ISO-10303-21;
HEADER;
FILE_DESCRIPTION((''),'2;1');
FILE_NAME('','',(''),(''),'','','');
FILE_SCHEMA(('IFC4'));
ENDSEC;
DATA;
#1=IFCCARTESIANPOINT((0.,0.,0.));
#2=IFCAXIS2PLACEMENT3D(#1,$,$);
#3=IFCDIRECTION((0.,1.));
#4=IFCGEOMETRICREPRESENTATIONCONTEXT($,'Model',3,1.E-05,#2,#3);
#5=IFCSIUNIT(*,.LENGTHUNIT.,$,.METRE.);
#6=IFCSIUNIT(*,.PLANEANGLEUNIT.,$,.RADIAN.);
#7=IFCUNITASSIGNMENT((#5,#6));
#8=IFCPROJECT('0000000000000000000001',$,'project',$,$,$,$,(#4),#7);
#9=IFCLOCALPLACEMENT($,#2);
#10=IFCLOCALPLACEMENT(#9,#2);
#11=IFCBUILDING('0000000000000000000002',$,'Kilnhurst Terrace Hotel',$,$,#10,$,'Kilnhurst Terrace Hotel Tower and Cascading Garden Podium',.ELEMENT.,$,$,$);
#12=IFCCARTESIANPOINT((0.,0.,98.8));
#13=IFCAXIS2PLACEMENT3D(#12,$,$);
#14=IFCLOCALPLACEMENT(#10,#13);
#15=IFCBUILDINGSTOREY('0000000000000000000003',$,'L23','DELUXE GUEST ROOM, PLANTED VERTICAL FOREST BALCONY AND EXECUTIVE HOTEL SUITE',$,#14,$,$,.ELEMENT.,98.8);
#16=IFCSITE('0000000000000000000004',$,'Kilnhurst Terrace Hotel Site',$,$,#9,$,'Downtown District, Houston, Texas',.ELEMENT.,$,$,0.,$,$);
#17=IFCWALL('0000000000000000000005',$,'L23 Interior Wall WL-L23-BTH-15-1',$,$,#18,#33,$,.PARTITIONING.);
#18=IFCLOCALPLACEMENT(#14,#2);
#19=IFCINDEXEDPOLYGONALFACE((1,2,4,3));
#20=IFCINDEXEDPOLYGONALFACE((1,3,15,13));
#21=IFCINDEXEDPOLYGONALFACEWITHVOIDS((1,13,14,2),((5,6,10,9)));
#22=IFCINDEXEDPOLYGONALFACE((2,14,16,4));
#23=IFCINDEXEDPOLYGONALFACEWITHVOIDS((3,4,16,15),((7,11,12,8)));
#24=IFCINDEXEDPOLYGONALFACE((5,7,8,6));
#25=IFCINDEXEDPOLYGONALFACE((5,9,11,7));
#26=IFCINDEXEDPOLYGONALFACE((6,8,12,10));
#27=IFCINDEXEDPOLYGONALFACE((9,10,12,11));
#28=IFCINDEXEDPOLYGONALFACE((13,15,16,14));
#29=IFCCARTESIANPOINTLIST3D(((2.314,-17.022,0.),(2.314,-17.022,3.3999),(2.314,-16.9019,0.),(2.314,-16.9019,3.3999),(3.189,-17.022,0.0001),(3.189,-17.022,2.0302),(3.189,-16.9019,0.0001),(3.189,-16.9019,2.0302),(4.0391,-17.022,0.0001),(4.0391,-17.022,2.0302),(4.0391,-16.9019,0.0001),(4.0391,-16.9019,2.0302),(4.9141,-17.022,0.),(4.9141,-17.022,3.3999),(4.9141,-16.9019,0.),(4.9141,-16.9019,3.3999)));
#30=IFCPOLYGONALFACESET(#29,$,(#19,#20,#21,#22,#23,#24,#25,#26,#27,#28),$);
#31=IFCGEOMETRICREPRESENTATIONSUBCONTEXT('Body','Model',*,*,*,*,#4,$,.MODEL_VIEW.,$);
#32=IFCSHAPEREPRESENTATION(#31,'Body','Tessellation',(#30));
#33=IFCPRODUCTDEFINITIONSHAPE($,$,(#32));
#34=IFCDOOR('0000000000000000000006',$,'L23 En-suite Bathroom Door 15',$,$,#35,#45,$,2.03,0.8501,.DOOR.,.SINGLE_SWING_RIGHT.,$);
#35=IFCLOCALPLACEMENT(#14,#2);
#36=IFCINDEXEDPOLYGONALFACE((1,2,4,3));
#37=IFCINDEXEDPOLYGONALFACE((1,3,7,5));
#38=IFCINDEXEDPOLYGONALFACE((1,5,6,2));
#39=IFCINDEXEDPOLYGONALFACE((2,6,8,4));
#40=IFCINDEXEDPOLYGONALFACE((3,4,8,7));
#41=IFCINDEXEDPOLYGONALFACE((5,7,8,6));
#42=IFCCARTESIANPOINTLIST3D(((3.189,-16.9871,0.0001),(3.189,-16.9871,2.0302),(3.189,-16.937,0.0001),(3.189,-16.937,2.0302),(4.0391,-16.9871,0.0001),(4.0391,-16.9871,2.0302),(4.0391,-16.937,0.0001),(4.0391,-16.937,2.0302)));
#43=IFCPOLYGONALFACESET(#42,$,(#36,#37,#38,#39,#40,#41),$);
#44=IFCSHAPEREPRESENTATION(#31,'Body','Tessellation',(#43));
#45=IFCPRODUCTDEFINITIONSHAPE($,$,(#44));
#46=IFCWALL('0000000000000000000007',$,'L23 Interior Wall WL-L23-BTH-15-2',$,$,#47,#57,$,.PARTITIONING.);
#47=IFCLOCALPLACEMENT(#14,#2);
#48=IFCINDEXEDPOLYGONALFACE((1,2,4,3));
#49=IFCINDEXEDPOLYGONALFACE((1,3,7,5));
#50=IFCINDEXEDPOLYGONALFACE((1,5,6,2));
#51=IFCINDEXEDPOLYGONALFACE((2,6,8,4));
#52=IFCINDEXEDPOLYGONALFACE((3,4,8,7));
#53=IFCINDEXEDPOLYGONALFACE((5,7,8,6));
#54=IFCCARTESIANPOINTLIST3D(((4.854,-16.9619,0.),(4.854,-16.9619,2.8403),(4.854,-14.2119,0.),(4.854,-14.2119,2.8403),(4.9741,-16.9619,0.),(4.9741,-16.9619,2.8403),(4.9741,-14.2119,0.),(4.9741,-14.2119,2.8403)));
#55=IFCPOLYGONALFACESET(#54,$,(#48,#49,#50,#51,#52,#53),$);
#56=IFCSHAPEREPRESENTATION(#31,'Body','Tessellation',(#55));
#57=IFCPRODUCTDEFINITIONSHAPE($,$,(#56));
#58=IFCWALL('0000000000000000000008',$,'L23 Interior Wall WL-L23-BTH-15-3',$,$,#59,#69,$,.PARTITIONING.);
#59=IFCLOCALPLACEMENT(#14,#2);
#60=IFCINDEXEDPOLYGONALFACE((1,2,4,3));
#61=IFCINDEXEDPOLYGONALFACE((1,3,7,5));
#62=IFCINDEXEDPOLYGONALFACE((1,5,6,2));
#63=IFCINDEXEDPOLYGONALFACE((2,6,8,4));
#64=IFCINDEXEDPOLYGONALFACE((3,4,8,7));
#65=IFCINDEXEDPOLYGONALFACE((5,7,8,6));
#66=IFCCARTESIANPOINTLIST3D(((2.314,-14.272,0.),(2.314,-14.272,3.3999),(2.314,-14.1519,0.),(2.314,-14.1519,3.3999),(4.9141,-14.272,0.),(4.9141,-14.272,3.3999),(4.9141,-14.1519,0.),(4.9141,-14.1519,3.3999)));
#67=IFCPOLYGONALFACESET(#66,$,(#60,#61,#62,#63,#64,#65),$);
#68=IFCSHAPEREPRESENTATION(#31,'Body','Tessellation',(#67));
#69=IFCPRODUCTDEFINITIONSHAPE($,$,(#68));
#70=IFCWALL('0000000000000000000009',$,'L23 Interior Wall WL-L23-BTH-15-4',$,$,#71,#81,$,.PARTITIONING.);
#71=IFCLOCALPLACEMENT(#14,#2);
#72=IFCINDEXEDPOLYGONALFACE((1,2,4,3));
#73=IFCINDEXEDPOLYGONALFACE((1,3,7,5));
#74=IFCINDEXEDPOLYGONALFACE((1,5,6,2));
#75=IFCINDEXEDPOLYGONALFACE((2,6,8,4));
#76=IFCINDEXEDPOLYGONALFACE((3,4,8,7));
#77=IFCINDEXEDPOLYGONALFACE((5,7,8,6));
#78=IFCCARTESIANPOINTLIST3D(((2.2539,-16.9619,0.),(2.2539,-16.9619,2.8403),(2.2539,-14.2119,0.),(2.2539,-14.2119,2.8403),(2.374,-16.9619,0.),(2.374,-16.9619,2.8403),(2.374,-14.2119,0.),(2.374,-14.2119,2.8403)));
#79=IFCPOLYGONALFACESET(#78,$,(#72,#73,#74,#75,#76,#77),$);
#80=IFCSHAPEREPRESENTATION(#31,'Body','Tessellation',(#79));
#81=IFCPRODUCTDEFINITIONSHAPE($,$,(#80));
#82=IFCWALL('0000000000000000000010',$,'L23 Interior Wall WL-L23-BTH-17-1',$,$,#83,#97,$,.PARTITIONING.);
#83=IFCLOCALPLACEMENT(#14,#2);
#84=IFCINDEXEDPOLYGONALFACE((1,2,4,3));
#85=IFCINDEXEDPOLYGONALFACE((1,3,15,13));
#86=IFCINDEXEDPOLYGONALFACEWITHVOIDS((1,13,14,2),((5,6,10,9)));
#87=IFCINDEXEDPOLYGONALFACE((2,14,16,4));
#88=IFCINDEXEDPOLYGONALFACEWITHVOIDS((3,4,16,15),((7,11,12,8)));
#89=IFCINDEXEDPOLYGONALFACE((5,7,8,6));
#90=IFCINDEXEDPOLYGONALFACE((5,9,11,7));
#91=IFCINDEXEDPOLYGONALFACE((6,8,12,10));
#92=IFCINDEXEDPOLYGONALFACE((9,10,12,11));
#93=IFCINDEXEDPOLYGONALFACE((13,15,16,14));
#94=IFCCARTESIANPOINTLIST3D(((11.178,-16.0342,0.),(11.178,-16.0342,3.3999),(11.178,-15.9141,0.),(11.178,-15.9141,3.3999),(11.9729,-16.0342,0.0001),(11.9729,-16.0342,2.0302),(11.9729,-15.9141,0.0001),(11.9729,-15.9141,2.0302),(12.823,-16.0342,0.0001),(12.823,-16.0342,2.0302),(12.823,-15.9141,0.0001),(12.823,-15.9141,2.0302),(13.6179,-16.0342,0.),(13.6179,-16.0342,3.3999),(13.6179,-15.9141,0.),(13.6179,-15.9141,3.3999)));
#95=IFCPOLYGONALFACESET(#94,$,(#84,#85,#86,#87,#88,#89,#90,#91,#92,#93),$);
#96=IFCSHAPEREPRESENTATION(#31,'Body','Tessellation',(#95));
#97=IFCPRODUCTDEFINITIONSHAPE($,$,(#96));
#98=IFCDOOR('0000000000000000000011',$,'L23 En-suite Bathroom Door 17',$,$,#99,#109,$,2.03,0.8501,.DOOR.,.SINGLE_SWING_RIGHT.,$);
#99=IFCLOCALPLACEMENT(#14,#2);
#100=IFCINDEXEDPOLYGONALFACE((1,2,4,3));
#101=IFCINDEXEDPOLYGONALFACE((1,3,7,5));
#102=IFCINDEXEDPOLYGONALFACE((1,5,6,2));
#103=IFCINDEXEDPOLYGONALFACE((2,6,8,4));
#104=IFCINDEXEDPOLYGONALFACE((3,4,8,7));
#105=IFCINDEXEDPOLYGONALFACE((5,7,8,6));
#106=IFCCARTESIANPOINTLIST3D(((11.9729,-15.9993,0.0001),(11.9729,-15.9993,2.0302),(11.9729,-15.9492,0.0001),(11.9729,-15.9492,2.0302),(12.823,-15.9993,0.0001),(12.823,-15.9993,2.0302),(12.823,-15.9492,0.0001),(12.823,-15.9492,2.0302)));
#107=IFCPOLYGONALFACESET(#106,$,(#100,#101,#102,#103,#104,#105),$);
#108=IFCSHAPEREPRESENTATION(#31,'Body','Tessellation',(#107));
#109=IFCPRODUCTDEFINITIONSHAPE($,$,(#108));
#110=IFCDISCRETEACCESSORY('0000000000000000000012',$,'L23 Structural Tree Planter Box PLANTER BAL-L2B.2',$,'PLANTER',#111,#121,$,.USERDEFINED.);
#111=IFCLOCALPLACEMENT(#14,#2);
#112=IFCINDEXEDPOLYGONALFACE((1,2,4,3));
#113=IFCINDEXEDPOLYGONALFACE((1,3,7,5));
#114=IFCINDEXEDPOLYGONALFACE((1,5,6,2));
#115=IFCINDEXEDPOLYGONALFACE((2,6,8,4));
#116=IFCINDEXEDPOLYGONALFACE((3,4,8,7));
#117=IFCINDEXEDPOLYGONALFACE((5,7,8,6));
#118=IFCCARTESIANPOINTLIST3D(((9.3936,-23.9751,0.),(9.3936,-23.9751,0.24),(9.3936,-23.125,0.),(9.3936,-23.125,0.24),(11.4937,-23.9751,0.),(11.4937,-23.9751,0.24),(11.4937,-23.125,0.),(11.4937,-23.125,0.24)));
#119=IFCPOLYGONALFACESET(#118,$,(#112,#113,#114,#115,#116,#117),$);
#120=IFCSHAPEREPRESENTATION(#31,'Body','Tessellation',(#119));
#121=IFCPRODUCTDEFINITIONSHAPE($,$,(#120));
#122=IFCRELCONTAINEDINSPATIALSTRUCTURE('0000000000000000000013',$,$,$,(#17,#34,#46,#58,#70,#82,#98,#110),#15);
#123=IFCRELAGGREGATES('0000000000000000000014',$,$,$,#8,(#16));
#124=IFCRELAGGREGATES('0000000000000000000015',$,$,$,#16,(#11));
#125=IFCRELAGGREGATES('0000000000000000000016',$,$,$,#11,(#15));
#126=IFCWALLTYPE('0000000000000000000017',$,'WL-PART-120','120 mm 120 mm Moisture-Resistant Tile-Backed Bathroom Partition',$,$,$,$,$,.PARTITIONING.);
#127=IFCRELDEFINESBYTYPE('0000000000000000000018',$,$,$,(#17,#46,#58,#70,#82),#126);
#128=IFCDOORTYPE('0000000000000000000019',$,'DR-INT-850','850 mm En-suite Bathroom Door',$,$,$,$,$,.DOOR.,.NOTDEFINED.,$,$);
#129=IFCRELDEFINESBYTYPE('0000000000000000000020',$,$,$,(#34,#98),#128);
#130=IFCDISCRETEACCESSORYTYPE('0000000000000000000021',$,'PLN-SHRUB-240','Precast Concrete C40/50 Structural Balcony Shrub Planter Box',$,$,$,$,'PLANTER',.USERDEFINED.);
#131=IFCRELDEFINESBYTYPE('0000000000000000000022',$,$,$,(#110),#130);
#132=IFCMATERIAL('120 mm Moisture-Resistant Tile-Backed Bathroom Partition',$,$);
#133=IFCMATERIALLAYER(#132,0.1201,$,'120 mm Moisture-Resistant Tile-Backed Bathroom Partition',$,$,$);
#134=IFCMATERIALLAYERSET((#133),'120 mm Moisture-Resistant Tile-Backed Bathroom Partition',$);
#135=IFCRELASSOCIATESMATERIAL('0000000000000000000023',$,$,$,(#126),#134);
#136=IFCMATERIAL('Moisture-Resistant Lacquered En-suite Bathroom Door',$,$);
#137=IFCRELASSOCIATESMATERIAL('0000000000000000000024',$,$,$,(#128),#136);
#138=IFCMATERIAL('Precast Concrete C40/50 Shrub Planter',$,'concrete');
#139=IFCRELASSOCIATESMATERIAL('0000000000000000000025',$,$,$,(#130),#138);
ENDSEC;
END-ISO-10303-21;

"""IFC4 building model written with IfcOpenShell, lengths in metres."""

from ifc_helpers import new_model, si_unit, direction, frame, frame_2d, origin, origin_2d, place, context, subcontext, project, spatial, rectangle, extrude, material, layer, layer_set, type_object, element, fill, save


model = new_model("IFC4")

# Units and contexts
model_context = context("Model", 3, precision=1e-05, world=origin(), true_north=direction((0.0, 1.0)))
body_context = subcontext(model_context, "Body", "Model", "MODEL_VIEW")
ifc_project = project(units=[si_unit("LENGTHUNIT", "METRE"), si_unit("PLANEANGLEUNIT", "RADIAN")], contexts=[model_context])

# Site, building, storey
site_placement = place(None, origin())
site = spatial("IfcSite", under=ifc_project, at=site_placement, Name="Kilnhurst Terrace Hotel Site", LongName="Downtown District, Houston, Texas", CompositionType="ELEMENT", RefElevation=0.0)
building_placement = place(site_placement, origin())
building = spatial("IfcBuilding", under=site, at=building_placement, Name="Kilnhurst Terrace Hotel", LongName="Kilnhurst Terrace Hotel Tower and Cascading Garden Podium", CompositionType="ELEMENT")
storey_placement = place(building_placement, frame((0.0, 0.0, 98.8)))
storey = spatial("IfcBuildingStorey", under=building, at=storey_placement, Name="L23", Description="DELUXE GUEST ROOM, PLANTED VERTICAL FOREST BALCONY AND EXECUTIVE HOTEL SUITE", CompositionType="ELEMENT", Elevation=98.8)

# Wall, opening, door
ifc_material_1 = material(Name="120 mm Moisture-Resistant Tile-Backed Bathroom Partition")
ifc_layer_1 = layer(ifc_material_1, 0.1201, Name="120 mm Moisture-Resistant Tile-Backed Bathroom Partition")
ifc_layer_set_1 = layer_set([ifc_layer_1], Name="120 mm Moisture-Resistant Tile-Backed Bathroom Partition")
wall_type_1 = type_object("IfcWallType", Name="WL-PART-120", Description="120 mm 120 mm Moisture-Resistant Tile-Backed Bathroom Partition", PredefinedType="PARTITIONING", material=ifc_layer_set_1)
wall_1_placement = place(storey_placement, frame((2.314, -16.9619, 0.0), z_axis=(0.0, 0.0, 1.0), x_axis=(1.0, 0.0, 0.0)))
wall_1 = element("IfcWall", 1, at=wall_1_placement, inside=storey, type_object=wall_type_1, Name="L23 Interior Wall WL-L23-BTH-15-1", PredefinedType="PARTITIONING", context=body_context, shape_type="SweptSolid", body=[
    extrude(rectangle(XDim=2.6001, YDim=0.1201, at=frame_2d((1.3, 0.0))), origin(), (0.0, 0.0, 1.0), 3.3999),
])
opening_1_placement = place(wall_1_placement, frame((0.875, 0.0, 0.0)))
opening_1 = element("IfcOpeningElement", 2, at=opening_1_placement, cuts=wall_1, PredefinedType="OPENING", context=body_context, shape_type="SweptSolid", body=[
    extrude(rectangle(XDim=0.8501, YDim=2.03, at=frame_2d((0.425, 1.0151))), frame((0.0, 0.0701, 0.0), z_axis=(0.0, -1.0, 0.0), x_axis=(1.0, 0.0, 0.0)), (0.0, 0.0, 1.0), 0.1401),
])
ifc_material_2 = material(Name="Moisture-Resistant Lacquered En-suite Bathroom Door")
door_type = type_object("IfcDoorType", Name="DR-INT-850", Description="850 mm En-suite Bathroom Door", OperationType="NOTDEFINED", PredefinedType="DOOR", material=ifc_material_2)
door_1_placement = place(opening_1_placement, origin())
door_1 = element("IfcDoor", 3, at=door_1_placement, inside=storey, type_object=door_type, Name="L23 En-suite Bathroom Door 15", OperationType="SINGLE_SWING_RIGHT", OverallHeight=2.03, OverallWidth=0.8501, PredefinedType="DOOR", context=body_context, shape_type="SweptSolid", body=[
    extrude(rectangle(XDim=0.8501, YDim=2.03, at=frame_2d((0.425, 1.0151))), frame((0.0, 0.0249, 0.0), z_axis=(0.0, -1.0, 0.0), x_axis=(1.0, 0.0, 0.0)), (0.0, 0.0, 1.0), 0.05),
])
fill(opening_1, door_1)

# Walls
wall_2_placement = place(storey_placement, frame((4.9141, -16.9619, 0.0), z_axis=(0.0, 0.0, 1.0), x_axis=(0.0, 1.0, 0.0)))
element("IfcWall", 4, at=wall_2_placement, inside=storey, type_object=wall_type_1, Name="L23 Interior Wall WL-L23-BTH-15-2", PredefinedType="PARTITIONING", context=body_context, shape_type="SweptSolid", body=[
    extrude(rectangle(XDim=2.75, YDim=0.1201, at=frame_2d((1.375, 0.0))), origin(), (0.0, 0.0, 1.0), 2.8403),
])
wall_3_placement = place(storey_placement, frame((4.9141, -14.2119, 0.0), z_axis=(0.0, 0.0, 1.0), x_axis=(-1.0, 0.0, 0.0)))
element("IfcWall", 5, at=wall_3_placement, inside=storey, type_object=wall_type_1, Name="L23 Interior Wall WL-L23-BTH-15-3", PredefinedType="PARTITIONING", context=body_context, shape_type="SweptSolid", body=[
    extrude(rectangle(XDim=2.6001, YDim=0.1201, at=frame_2d((1.3, 0.0))), origin(), (0.0, 0.0, 1.0), 3.3999),
])
wall_4_placement = place(storey_placement, frame((2.314, -14.2119, 0.0), z_axis=(0.0, 0.0, 1.0), x_axis=(0.0, -1.0, 0.0)))
element("IfcWall", 6, at=wall_4_placement, inside=storey, type_object=wall_type_1, Name="L23 Interior Wall WL-L23-BTH-15-4", PredefinedType="PARTITIONING", context=body_context, shape_type="SweptSolid", body=[
    extrude(rectangle(XDim=2.75, YDim=0.1201, at=frame_2d((1.375, 0.0))), origin(), (0.0, 0.0, 1.0), 2.8403),
])

# Wall, opening, door
wall_5_placement = place(storey_placement, frame((11.178, -15.9741, 0.0), z_axis=(0.0, 0.0, 1.0), x_axis=(1.0, 0.0, 0.0)))
wall_5 = element("IfcWall", 7, at=wall_5_placement, inside=storey, type_object=wall_type_1, Name="L23 Interior Wall WL-L23-BTH-17-1", PredefinedType="PARTITIONING", context=body_context, shape_type="SweptSolid", body=[
    extrude(rectangle(XDim=2.4399, YDim=0.1201, at=frame_2d((1.22, 0.0))), origin(), (0.0, 0.0, 1.0), 3.3999),
])
opening_2_placement = place(wall_5_placement, frame((0.7949, 0.0, 0.0)))
opening_2 = element("IfcOpeningElement", 8, at=opening_2_placement, cuts=wall_5, PredefinedType="OPENING", context=body_context, shape_type="SweptSolid", body=[
    extrude(rectangle(XDim=0.8501, YDim=2.03, at=frame_2d((0.425, 1.0151))), frame((0.0, 0.0701, 0.0), z_axis=(0.0, -1.0, 0.0), x_axis=(1.0, 0.0, 0.0)), (0.0, 0.0, 1.0), 0.1401),
])
door_2_placement = place(opening_2_placement, origin())
door_2 = element("IfcDoor", 9, at=door_2_placement, inside=storey, type_object=door_type, Name="L23 En-suite Bathroom Door 17", OperationType="SINGLE_SWING_RIGHT", OverallHeight=2.03, OverallWidth=0.8501, PredefinedType="DOOR", context=body_context, shape_type="SweptSolid", body=[
    extrude(rectangle(XDim=0.8501, YDim=2.03, at=frame_2d((0.425, 1.0151))), frame((0.0, 0.0249, 0.0), z_axis=(0.0, -1.0, 0.0), x_axis=(1.0, 0.0, 0.0)), (0.0, 0.0, 1.0), 0.05),
])
fill(opening_2, door_2)

# Discrete accessory
ifc_material_3 = material(Name="Precast Concrete C40/50 Shrub Planter", Category="concrete")
discrete_accessory_type = type_object("IfcDiscreteAccessoryType", Name="PLN-SHRUB-240", Description="Precast Concrete C40/50 Structural Balcony Shrub Planter Box", ElementType="PLANTER", PredefinedType="USERDEFINED", material=ifc_material_3)
discrete_accessory_placement = place(storey_placement, frame((10.4436, -23.55, 0.0), z_axis=(0.0, 0.0, 1.0), x_axis=(1.0, 0.0, 0.0)))
element("IfcDiscreteAccessory", 10, at=discrete_accessory_placement, inside=storey, type_object=discrete_accessory_type, Name="L23 Structural Tree Planter Box PLANTER BAL-L2B.2", ObjectType="PLANTER", PredefinedType="USERDEFINED", context=body_context, shape_type="SweptSolid", body=[
    extrude(rectangle(XDim=2.1001, YDim=0.8501, at=origin_2d()), origin(), (0.0, 0.0, 1.0), 0.24),
])

save(model, "model.ifc")
